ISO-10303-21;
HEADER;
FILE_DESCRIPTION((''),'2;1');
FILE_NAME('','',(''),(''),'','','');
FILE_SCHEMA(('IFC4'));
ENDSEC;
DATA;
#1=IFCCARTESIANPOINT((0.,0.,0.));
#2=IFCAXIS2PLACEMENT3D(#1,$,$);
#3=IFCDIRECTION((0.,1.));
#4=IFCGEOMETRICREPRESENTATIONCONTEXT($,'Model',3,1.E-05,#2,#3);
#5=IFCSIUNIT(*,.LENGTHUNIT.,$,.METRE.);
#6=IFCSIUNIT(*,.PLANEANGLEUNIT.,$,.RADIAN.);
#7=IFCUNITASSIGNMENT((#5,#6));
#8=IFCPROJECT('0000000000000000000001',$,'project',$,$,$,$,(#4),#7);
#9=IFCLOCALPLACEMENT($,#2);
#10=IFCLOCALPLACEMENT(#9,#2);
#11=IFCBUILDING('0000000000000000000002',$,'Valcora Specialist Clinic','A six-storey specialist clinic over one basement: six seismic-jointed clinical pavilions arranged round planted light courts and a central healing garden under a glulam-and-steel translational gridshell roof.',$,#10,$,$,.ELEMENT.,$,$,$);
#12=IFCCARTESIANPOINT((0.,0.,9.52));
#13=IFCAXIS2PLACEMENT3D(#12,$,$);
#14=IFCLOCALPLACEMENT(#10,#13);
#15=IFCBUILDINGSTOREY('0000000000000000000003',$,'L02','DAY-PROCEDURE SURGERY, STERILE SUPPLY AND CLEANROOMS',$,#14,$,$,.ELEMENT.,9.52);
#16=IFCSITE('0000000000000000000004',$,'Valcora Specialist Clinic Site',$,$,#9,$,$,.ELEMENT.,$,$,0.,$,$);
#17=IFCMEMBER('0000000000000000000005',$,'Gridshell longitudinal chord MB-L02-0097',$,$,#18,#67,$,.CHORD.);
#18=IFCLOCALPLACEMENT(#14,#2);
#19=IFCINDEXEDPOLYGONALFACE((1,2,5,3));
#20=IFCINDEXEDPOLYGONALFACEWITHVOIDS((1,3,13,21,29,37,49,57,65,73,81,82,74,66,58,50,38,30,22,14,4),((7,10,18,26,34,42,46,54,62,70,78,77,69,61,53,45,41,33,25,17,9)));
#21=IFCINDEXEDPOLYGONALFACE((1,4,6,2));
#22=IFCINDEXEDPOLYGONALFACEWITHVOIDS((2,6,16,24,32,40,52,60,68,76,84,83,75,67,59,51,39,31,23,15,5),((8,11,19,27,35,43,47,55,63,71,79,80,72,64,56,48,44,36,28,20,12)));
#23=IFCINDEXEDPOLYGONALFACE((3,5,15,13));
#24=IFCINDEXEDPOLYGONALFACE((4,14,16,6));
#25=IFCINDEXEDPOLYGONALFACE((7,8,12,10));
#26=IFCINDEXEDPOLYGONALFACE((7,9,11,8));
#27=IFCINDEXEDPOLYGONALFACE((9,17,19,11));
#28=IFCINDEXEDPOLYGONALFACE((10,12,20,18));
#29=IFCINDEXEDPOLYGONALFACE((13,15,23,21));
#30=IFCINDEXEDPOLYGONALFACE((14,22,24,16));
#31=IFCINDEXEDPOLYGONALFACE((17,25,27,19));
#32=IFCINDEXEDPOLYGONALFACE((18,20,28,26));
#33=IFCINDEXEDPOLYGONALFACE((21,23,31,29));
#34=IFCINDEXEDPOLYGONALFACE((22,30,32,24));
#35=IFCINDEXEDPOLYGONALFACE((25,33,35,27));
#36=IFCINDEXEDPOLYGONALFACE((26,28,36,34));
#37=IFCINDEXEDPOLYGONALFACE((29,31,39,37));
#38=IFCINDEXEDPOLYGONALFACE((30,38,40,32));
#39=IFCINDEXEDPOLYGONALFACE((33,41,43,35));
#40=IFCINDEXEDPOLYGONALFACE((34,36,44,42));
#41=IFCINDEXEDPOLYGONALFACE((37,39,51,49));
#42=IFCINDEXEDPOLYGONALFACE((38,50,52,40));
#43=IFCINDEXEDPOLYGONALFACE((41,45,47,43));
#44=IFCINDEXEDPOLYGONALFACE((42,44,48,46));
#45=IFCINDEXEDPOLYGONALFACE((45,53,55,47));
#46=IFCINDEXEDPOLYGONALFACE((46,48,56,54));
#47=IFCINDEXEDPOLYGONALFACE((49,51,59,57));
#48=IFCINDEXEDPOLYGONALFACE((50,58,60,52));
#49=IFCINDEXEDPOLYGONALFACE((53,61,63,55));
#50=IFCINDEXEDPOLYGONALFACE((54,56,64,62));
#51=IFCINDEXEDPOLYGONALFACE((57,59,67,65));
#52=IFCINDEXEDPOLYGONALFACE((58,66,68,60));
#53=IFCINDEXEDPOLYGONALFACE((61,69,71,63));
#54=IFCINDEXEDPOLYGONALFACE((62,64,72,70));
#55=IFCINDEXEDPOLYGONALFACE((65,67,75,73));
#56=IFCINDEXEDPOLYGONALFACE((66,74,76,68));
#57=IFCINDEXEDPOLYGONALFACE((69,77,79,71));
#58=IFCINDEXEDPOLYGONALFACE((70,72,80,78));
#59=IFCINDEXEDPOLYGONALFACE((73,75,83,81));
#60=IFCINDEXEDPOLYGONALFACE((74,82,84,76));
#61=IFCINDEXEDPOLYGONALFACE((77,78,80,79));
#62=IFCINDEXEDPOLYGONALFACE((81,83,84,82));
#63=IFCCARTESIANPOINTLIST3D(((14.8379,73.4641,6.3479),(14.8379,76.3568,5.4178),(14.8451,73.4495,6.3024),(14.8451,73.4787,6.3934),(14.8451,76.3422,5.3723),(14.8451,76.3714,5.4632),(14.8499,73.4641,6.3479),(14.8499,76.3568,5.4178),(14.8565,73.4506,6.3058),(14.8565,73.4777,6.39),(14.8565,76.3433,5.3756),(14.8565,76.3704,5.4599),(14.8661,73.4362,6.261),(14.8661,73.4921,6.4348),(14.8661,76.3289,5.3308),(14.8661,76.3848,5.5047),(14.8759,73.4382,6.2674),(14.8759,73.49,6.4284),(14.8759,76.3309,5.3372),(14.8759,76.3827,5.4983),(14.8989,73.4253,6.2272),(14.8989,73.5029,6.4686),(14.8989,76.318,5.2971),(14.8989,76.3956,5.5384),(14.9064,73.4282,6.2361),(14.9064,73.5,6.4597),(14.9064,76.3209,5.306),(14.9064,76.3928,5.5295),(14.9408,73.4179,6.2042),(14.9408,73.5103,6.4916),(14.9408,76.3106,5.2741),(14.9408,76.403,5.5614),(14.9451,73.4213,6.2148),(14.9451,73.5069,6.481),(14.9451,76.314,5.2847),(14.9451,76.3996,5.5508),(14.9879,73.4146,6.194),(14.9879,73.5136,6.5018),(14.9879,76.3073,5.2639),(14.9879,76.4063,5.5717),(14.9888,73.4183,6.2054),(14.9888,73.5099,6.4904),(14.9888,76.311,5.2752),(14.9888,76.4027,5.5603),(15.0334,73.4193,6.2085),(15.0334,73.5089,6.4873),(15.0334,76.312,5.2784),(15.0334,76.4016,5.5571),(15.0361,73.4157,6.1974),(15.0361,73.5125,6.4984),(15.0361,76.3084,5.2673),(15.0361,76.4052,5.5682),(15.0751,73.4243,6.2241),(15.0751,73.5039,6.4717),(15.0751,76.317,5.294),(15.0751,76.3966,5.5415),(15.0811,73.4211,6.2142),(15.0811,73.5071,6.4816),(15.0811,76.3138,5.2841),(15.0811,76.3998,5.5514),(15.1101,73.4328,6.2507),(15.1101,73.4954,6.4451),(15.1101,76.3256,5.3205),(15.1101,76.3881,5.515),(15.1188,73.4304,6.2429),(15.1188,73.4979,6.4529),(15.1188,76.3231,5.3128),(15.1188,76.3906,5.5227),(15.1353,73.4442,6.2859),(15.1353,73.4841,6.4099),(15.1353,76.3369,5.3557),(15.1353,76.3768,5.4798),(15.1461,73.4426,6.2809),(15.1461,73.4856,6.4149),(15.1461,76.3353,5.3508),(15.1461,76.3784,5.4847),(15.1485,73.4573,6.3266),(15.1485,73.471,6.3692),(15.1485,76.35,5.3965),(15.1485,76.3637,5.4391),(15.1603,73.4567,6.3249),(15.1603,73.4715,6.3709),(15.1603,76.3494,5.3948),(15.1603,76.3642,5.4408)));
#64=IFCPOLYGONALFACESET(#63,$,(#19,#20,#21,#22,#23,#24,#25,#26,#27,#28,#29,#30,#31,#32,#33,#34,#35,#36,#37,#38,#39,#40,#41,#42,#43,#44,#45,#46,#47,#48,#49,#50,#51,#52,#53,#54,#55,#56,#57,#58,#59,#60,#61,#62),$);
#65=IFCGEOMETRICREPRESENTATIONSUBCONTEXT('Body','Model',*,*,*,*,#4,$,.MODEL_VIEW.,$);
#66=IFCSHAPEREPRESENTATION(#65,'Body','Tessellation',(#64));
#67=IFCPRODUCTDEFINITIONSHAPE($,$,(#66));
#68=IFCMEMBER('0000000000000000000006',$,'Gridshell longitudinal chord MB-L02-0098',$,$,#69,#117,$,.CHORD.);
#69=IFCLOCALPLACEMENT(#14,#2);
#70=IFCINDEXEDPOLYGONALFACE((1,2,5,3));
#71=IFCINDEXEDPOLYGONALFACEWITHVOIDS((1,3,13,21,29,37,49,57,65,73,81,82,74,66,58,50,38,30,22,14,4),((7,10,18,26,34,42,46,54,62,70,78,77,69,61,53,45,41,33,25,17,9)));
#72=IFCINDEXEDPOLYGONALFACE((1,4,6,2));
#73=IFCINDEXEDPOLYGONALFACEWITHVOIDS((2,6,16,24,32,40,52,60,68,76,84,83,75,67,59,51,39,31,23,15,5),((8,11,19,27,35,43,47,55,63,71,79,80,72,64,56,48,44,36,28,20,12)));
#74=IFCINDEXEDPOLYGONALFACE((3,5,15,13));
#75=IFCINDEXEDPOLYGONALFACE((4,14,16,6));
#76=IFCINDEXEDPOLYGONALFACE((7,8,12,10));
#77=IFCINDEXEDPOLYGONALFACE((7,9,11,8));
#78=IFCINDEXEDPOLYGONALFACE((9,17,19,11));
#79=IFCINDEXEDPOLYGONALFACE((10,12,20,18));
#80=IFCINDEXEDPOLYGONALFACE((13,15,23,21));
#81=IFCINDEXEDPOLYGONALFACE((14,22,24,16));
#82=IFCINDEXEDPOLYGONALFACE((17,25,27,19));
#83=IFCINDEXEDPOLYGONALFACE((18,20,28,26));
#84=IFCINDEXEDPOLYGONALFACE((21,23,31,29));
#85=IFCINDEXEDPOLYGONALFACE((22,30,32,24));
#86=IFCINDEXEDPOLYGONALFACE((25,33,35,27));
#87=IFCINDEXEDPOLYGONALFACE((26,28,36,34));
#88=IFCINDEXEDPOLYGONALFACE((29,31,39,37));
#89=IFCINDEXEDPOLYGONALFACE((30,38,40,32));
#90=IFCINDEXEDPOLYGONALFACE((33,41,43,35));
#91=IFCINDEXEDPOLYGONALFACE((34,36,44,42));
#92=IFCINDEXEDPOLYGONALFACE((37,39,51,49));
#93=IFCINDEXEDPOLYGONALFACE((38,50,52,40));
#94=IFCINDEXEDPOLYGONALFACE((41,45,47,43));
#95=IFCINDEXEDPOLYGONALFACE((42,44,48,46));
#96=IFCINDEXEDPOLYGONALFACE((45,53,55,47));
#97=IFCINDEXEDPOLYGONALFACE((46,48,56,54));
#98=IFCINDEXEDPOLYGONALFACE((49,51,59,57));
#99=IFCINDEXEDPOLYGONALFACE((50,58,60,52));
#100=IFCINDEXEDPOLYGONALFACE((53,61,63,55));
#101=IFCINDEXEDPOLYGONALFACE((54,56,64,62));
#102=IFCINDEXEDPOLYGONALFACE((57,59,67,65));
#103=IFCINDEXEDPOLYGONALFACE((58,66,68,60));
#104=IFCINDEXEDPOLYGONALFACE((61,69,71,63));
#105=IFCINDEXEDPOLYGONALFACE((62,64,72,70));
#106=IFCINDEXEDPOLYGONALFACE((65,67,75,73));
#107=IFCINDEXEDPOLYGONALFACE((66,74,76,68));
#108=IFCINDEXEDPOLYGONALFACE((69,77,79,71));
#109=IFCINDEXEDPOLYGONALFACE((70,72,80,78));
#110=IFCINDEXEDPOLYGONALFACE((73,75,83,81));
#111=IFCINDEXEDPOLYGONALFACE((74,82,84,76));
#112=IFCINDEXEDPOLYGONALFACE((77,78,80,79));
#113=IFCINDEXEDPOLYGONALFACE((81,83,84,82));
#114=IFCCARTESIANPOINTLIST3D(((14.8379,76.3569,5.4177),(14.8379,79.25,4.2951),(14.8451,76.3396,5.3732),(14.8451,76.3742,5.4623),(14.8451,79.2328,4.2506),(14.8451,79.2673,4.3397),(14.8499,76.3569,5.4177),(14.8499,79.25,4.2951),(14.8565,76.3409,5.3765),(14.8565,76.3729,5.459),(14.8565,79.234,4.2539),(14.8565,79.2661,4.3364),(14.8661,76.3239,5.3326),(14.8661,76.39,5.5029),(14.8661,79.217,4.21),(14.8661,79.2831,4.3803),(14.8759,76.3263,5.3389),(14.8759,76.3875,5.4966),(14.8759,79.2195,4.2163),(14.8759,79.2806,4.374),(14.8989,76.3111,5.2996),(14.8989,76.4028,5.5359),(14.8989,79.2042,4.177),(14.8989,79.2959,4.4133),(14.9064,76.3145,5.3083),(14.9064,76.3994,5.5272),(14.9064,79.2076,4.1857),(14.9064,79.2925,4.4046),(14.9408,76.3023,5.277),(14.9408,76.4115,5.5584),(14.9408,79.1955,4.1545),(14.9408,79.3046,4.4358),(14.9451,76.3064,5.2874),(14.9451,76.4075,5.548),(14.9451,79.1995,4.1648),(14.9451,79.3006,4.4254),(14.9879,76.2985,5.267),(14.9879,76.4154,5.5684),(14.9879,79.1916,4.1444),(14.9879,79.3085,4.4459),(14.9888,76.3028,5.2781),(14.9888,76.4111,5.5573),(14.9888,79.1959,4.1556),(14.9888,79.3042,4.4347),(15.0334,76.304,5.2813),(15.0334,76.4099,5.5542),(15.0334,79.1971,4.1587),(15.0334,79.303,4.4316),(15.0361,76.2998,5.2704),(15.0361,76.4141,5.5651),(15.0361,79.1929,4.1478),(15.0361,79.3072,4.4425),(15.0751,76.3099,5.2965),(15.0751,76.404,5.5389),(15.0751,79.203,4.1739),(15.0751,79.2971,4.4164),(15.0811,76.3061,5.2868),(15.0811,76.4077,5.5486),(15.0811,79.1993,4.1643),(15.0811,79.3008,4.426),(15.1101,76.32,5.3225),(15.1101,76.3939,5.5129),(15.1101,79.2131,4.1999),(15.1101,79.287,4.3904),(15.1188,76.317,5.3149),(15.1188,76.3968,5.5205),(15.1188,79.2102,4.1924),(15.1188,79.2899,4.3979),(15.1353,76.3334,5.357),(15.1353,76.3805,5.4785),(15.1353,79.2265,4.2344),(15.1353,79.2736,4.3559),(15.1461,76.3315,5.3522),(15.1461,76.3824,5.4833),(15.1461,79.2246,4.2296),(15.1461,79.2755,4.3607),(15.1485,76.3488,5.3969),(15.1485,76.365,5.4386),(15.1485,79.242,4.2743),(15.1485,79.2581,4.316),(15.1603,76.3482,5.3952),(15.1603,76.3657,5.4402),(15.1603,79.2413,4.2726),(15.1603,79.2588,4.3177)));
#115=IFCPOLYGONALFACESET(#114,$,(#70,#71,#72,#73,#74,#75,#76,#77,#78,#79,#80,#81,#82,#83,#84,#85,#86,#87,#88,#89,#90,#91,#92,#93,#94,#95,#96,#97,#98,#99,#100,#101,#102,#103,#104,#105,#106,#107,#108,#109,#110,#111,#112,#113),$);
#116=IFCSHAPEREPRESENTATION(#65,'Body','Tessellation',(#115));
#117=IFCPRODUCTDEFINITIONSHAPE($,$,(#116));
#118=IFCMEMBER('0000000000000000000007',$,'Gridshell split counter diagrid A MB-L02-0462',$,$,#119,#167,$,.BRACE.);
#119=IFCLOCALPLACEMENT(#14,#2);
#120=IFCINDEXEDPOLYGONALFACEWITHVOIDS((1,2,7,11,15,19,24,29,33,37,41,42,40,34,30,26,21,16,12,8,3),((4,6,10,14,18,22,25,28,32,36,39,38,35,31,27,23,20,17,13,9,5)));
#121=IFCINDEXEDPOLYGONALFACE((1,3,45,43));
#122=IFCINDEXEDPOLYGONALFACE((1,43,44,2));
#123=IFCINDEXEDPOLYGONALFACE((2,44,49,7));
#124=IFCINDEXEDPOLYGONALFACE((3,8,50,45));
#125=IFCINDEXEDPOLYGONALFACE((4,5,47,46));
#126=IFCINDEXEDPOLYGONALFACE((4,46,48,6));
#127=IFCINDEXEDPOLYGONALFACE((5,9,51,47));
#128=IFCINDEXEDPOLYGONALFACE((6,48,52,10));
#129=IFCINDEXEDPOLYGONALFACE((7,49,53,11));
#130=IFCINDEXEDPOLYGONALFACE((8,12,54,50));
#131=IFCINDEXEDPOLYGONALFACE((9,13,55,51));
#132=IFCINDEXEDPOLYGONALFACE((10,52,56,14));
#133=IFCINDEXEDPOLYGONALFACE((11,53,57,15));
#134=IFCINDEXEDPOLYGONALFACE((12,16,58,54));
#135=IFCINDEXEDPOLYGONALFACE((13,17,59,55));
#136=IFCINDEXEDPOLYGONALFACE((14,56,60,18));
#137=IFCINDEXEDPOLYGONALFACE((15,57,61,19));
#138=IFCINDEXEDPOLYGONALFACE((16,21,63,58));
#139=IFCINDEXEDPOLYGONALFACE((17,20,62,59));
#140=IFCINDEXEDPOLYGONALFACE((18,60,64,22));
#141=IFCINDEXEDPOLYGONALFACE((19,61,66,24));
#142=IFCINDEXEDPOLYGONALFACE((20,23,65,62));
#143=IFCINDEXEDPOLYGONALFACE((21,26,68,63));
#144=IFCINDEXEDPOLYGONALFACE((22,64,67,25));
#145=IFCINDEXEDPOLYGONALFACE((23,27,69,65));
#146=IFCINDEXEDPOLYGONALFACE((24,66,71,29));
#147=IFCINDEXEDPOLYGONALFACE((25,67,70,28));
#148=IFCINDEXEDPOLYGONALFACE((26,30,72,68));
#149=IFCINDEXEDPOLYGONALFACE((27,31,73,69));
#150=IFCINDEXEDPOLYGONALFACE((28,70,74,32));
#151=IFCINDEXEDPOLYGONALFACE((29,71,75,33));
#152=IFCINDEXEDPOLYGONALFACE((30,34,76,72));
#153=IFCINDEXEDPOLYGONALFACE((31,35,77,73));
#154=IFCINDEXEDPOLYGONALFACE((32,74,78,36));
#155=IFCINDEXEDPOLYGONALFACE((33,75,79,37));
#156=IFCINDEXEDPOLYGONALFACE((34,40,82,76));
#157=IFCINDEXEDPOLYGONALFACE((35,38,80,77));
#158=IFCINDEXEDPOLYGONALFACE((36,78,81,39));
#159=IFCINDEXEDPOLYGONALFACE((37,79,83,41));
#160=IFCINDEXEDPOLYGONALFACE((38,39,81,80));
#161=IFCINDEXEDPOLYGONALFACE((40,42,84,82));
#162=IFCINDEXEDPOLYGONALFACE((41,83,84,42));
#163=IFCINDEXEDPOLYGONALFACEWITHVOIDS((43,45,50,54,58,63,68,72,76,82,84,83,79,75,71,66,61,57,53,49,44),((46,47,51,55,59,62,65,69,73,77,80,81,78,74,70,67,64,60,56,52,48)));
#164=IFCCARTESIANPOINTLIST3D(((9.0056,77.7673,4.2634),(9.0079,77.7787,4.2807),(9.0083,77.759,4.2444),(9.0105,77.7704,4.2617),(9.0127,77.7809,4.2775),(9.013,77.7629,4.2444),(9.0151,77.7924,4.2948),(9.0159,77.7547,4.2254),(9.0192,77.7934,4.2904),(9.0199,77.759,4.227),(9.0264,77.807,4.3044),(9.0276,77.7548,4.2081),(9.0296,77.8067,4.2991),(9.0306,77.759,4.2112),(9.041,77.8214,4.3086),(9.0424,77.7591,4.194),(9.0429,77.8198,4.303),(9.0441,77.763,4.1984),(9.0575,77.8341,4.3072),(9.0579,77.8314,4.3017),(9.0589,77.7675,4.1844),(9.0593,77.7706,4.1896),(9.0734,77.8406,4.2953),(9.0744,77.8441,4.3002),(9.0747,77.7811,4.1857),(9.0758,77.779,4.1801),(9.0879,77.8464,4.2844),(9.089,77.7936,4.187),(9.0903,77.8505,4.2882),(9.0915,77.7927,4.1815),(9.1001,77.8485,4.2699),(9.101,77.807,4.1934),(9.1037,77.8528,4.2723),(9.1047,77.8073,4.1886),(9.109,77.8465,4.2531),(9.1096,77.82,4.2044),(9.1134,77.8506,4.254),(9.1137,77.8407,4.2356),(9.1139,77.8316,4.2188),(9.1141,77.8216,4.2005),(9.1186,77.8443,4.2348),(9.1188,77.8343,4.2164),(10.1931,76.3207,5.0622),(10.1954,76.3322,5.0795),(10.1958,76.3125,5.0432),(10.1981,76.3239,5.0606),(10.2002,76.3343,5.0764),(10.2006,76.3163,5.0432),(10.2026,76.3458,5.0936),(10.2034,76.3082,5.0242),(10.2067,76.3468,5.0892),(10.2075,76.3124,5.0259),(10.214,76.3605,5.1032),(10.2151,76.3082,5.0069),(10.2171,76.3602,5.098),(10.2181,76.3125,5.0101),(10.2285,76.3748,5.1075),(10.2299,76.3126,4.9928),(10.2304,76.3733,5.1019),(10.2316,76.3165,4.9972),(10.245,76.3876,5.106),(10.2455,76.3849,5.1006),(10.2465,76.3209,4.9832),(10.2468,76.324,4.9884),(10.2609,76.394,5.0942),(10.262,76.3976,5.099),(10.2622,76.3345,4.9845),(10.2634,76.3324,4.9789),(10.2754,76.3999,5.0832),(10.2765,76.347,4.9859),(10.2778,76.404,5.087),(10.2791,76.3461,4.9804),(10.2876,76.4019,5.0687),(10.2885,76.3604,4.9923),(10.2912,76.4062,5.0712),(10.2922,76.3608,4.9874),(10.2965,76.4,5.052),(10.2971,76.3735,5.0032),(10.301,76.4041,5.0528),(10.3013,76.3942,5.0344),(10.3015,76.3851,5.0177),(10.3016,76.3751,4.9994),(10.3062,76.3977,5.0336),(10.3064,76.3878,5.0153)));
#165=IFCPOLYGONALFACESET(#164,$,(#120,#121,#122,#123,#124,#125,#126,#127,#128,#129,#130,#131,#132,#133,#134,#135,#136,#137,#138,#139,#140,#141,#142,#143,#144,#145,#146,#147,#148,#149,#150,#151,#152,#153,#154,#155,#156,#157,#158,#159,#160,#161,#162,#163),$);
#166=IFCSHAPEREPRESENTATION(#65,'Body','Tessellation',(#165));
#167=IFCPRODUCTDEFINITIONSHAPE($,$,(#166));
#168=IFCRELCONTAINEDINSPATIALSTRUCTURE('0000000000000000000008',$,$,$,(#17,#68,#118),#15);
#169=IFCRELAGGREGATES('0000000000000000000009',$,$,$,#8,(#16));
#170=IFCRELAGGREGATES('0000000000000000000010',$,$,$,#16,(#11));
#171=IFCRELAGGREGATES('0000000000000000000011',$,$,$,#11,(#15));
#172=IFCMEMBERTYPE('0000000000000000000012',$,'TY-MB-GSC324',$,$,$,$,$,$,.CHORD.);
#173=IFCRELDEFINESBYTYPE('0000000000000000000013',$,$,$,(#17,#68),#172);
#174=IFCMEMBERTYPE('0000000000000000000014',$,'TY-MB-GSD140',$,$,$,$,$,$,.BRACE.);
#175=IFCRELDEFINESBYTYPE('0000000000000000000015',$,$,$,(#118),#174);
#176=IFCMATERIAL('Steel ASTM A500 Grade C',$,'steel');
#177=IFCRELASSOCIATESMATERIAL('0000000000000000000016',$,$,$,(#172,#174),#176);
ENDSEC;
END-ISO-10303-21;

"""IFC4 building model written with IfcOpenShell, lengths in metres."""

from ifc_helpers import new_model, si_unit, direction, frame, origin, origin_2d, place, context, subcontext, project, spatial, hollow_circle, extrude, material, material_profile, profile_set, type_object, element, save


model = new_model("IFC4")

# Units and contexts
model_context = context("Model", 3, precision=1e-05, world=origin(), true_north=direction((0.0, 1.0)))
body_context = subcontext(model_context, "Body", "Model", "MODEL_VIEW")
ifc_project = project(units=[si_unit("LENGTHUNIT", "METRE"), si_unit("PLANEANGLEUNIT", "RADIAN")], contexts=[model_context])

# Site, building, storey
site_placement = place(None, origin())
site = spatial("IfcSite", under=ifc_project, at=site_placement, Name="Valcora Specialist Clinic Site", CompositionType="ELEMENT", RefElevation=0.0)
building_placement = place(site_placement, origin())
building = spatial("IfcBuilding", under=site, at=building_placement, Name="Valcora Specialist Clinic", Description="A six-storey specialist clinic over one basement: six seismic-jointed clinical pavilions arranged round planted light courts and a central healing garden under a glulam-and-steel translational gridshell roof.", CompositionType="ELEMENT")
storey_placement = place(building_placement, frame((0.0, 0.0, 9.52)))
storey = spatial("IfcBuildingStorey", under=building, at=storey_placement, Name="L02", Description="DAY-PROCEDURE SURGERY, STERILE SUPPLY AND CLEANROOMS", CompositionType="ELEMENT", Elevation=9.52)

# Members
ifc_material_1 = material(Name="Steel ASTM A500 Grade C", Category="steel")
ifc_material_profile_1 = material_profile(ifc_material_1, hollow_circle(Radius=0.1621, WallThickness=0.012, at=origin_2d()), Name="ST-CHS-324X12")
ifc_profile_set_1 = profile_set([ifc_material_profile_1], Name="Steel ASTM A500 Grade C")
member_type_1 = type_object("IfcMemberType", Name="TY-MB-GSC324", PredefinedType="CHORD", material=ifc_profile_set_1)
member_1_placement = place(storey_placement, frame((15.0, 73.4641, 6.3479), z_axis=(0.0, 0.951996, -0.306111), x_axis=(-1.0, 0.0, 0.0)))
element("IfcMember", 1, at=member_1_placement, inside=storey, type_object=member_type_1, Name="Gridshell longitudinal chord MB-L02-0097", PredefinedType="CHORD", context=body_context, shape_type="SweptSolid", body=[
    extrude(hollow_circle(Radius=0.1621, WallThickness=0.012, at=origin_2d()), origin(), (0.0, 0.0, 1.0), 3.0386),
])
member_2_placement = place(storey_placement, frame((15.0, 76.3569, 5.4177), z_axis=(0.0, 0.932279, -0.36174), x_axis=(-1.0, 0.0, 0.0)))
element("IfcMember", 2, at=member_2_placement, inside=storey, type_object=member_type_1, Name="Gridshell longitudinal chord MB-L02-0098", PredefinedType="CHORD", context=body_context, shape_type="SweptSolid", body=[
    extrude(hollow_circle(Radius=0.1621, WallThickness=0.012, at=origin_2d()), origin(), (0.0, 0.0, 1.0), 3.1033),
])
ifc_material_profile_2 = material_profile(ifc_material_1, hollow_circle(Radius=0.0701, WallThickness=0.0061, at=origin_2d()), Name="ST-CHS-140X6")
ifc_profile_set_2 = profile_set([ifc_material_profile_2], Name="Steel ASTM A500 Grade C")
member_type_2 = type_object("IfcMemberType", Name="TY-MB-GSD140", PredefinedType="BRACE", material=ifc_profile_set_2)
member_3_placement = place(storey_placement, frame((10.25, 76.3569, 5.0432), z_axis=(-0.583572, 0.710869, -0.392567), x_axis=(-0.772916, -0.634508, 0.0)))
element("IfcMember", 3, at=member_3_placement, inside=storey, type_object=member_type_2, Name="Gridshell split counter diagrid A MB-L02-0462", PredefinedType="BRACE", context=body_context, shape_type="SweptSolid", body=[
    extrude(hollow_circle(Radius=0.0701, WallThickness=0.0061, at=origin_2d()), origin(), (0.0, 0.0, 1.0), 2.0349),
])

save(model, "model.ifc")
